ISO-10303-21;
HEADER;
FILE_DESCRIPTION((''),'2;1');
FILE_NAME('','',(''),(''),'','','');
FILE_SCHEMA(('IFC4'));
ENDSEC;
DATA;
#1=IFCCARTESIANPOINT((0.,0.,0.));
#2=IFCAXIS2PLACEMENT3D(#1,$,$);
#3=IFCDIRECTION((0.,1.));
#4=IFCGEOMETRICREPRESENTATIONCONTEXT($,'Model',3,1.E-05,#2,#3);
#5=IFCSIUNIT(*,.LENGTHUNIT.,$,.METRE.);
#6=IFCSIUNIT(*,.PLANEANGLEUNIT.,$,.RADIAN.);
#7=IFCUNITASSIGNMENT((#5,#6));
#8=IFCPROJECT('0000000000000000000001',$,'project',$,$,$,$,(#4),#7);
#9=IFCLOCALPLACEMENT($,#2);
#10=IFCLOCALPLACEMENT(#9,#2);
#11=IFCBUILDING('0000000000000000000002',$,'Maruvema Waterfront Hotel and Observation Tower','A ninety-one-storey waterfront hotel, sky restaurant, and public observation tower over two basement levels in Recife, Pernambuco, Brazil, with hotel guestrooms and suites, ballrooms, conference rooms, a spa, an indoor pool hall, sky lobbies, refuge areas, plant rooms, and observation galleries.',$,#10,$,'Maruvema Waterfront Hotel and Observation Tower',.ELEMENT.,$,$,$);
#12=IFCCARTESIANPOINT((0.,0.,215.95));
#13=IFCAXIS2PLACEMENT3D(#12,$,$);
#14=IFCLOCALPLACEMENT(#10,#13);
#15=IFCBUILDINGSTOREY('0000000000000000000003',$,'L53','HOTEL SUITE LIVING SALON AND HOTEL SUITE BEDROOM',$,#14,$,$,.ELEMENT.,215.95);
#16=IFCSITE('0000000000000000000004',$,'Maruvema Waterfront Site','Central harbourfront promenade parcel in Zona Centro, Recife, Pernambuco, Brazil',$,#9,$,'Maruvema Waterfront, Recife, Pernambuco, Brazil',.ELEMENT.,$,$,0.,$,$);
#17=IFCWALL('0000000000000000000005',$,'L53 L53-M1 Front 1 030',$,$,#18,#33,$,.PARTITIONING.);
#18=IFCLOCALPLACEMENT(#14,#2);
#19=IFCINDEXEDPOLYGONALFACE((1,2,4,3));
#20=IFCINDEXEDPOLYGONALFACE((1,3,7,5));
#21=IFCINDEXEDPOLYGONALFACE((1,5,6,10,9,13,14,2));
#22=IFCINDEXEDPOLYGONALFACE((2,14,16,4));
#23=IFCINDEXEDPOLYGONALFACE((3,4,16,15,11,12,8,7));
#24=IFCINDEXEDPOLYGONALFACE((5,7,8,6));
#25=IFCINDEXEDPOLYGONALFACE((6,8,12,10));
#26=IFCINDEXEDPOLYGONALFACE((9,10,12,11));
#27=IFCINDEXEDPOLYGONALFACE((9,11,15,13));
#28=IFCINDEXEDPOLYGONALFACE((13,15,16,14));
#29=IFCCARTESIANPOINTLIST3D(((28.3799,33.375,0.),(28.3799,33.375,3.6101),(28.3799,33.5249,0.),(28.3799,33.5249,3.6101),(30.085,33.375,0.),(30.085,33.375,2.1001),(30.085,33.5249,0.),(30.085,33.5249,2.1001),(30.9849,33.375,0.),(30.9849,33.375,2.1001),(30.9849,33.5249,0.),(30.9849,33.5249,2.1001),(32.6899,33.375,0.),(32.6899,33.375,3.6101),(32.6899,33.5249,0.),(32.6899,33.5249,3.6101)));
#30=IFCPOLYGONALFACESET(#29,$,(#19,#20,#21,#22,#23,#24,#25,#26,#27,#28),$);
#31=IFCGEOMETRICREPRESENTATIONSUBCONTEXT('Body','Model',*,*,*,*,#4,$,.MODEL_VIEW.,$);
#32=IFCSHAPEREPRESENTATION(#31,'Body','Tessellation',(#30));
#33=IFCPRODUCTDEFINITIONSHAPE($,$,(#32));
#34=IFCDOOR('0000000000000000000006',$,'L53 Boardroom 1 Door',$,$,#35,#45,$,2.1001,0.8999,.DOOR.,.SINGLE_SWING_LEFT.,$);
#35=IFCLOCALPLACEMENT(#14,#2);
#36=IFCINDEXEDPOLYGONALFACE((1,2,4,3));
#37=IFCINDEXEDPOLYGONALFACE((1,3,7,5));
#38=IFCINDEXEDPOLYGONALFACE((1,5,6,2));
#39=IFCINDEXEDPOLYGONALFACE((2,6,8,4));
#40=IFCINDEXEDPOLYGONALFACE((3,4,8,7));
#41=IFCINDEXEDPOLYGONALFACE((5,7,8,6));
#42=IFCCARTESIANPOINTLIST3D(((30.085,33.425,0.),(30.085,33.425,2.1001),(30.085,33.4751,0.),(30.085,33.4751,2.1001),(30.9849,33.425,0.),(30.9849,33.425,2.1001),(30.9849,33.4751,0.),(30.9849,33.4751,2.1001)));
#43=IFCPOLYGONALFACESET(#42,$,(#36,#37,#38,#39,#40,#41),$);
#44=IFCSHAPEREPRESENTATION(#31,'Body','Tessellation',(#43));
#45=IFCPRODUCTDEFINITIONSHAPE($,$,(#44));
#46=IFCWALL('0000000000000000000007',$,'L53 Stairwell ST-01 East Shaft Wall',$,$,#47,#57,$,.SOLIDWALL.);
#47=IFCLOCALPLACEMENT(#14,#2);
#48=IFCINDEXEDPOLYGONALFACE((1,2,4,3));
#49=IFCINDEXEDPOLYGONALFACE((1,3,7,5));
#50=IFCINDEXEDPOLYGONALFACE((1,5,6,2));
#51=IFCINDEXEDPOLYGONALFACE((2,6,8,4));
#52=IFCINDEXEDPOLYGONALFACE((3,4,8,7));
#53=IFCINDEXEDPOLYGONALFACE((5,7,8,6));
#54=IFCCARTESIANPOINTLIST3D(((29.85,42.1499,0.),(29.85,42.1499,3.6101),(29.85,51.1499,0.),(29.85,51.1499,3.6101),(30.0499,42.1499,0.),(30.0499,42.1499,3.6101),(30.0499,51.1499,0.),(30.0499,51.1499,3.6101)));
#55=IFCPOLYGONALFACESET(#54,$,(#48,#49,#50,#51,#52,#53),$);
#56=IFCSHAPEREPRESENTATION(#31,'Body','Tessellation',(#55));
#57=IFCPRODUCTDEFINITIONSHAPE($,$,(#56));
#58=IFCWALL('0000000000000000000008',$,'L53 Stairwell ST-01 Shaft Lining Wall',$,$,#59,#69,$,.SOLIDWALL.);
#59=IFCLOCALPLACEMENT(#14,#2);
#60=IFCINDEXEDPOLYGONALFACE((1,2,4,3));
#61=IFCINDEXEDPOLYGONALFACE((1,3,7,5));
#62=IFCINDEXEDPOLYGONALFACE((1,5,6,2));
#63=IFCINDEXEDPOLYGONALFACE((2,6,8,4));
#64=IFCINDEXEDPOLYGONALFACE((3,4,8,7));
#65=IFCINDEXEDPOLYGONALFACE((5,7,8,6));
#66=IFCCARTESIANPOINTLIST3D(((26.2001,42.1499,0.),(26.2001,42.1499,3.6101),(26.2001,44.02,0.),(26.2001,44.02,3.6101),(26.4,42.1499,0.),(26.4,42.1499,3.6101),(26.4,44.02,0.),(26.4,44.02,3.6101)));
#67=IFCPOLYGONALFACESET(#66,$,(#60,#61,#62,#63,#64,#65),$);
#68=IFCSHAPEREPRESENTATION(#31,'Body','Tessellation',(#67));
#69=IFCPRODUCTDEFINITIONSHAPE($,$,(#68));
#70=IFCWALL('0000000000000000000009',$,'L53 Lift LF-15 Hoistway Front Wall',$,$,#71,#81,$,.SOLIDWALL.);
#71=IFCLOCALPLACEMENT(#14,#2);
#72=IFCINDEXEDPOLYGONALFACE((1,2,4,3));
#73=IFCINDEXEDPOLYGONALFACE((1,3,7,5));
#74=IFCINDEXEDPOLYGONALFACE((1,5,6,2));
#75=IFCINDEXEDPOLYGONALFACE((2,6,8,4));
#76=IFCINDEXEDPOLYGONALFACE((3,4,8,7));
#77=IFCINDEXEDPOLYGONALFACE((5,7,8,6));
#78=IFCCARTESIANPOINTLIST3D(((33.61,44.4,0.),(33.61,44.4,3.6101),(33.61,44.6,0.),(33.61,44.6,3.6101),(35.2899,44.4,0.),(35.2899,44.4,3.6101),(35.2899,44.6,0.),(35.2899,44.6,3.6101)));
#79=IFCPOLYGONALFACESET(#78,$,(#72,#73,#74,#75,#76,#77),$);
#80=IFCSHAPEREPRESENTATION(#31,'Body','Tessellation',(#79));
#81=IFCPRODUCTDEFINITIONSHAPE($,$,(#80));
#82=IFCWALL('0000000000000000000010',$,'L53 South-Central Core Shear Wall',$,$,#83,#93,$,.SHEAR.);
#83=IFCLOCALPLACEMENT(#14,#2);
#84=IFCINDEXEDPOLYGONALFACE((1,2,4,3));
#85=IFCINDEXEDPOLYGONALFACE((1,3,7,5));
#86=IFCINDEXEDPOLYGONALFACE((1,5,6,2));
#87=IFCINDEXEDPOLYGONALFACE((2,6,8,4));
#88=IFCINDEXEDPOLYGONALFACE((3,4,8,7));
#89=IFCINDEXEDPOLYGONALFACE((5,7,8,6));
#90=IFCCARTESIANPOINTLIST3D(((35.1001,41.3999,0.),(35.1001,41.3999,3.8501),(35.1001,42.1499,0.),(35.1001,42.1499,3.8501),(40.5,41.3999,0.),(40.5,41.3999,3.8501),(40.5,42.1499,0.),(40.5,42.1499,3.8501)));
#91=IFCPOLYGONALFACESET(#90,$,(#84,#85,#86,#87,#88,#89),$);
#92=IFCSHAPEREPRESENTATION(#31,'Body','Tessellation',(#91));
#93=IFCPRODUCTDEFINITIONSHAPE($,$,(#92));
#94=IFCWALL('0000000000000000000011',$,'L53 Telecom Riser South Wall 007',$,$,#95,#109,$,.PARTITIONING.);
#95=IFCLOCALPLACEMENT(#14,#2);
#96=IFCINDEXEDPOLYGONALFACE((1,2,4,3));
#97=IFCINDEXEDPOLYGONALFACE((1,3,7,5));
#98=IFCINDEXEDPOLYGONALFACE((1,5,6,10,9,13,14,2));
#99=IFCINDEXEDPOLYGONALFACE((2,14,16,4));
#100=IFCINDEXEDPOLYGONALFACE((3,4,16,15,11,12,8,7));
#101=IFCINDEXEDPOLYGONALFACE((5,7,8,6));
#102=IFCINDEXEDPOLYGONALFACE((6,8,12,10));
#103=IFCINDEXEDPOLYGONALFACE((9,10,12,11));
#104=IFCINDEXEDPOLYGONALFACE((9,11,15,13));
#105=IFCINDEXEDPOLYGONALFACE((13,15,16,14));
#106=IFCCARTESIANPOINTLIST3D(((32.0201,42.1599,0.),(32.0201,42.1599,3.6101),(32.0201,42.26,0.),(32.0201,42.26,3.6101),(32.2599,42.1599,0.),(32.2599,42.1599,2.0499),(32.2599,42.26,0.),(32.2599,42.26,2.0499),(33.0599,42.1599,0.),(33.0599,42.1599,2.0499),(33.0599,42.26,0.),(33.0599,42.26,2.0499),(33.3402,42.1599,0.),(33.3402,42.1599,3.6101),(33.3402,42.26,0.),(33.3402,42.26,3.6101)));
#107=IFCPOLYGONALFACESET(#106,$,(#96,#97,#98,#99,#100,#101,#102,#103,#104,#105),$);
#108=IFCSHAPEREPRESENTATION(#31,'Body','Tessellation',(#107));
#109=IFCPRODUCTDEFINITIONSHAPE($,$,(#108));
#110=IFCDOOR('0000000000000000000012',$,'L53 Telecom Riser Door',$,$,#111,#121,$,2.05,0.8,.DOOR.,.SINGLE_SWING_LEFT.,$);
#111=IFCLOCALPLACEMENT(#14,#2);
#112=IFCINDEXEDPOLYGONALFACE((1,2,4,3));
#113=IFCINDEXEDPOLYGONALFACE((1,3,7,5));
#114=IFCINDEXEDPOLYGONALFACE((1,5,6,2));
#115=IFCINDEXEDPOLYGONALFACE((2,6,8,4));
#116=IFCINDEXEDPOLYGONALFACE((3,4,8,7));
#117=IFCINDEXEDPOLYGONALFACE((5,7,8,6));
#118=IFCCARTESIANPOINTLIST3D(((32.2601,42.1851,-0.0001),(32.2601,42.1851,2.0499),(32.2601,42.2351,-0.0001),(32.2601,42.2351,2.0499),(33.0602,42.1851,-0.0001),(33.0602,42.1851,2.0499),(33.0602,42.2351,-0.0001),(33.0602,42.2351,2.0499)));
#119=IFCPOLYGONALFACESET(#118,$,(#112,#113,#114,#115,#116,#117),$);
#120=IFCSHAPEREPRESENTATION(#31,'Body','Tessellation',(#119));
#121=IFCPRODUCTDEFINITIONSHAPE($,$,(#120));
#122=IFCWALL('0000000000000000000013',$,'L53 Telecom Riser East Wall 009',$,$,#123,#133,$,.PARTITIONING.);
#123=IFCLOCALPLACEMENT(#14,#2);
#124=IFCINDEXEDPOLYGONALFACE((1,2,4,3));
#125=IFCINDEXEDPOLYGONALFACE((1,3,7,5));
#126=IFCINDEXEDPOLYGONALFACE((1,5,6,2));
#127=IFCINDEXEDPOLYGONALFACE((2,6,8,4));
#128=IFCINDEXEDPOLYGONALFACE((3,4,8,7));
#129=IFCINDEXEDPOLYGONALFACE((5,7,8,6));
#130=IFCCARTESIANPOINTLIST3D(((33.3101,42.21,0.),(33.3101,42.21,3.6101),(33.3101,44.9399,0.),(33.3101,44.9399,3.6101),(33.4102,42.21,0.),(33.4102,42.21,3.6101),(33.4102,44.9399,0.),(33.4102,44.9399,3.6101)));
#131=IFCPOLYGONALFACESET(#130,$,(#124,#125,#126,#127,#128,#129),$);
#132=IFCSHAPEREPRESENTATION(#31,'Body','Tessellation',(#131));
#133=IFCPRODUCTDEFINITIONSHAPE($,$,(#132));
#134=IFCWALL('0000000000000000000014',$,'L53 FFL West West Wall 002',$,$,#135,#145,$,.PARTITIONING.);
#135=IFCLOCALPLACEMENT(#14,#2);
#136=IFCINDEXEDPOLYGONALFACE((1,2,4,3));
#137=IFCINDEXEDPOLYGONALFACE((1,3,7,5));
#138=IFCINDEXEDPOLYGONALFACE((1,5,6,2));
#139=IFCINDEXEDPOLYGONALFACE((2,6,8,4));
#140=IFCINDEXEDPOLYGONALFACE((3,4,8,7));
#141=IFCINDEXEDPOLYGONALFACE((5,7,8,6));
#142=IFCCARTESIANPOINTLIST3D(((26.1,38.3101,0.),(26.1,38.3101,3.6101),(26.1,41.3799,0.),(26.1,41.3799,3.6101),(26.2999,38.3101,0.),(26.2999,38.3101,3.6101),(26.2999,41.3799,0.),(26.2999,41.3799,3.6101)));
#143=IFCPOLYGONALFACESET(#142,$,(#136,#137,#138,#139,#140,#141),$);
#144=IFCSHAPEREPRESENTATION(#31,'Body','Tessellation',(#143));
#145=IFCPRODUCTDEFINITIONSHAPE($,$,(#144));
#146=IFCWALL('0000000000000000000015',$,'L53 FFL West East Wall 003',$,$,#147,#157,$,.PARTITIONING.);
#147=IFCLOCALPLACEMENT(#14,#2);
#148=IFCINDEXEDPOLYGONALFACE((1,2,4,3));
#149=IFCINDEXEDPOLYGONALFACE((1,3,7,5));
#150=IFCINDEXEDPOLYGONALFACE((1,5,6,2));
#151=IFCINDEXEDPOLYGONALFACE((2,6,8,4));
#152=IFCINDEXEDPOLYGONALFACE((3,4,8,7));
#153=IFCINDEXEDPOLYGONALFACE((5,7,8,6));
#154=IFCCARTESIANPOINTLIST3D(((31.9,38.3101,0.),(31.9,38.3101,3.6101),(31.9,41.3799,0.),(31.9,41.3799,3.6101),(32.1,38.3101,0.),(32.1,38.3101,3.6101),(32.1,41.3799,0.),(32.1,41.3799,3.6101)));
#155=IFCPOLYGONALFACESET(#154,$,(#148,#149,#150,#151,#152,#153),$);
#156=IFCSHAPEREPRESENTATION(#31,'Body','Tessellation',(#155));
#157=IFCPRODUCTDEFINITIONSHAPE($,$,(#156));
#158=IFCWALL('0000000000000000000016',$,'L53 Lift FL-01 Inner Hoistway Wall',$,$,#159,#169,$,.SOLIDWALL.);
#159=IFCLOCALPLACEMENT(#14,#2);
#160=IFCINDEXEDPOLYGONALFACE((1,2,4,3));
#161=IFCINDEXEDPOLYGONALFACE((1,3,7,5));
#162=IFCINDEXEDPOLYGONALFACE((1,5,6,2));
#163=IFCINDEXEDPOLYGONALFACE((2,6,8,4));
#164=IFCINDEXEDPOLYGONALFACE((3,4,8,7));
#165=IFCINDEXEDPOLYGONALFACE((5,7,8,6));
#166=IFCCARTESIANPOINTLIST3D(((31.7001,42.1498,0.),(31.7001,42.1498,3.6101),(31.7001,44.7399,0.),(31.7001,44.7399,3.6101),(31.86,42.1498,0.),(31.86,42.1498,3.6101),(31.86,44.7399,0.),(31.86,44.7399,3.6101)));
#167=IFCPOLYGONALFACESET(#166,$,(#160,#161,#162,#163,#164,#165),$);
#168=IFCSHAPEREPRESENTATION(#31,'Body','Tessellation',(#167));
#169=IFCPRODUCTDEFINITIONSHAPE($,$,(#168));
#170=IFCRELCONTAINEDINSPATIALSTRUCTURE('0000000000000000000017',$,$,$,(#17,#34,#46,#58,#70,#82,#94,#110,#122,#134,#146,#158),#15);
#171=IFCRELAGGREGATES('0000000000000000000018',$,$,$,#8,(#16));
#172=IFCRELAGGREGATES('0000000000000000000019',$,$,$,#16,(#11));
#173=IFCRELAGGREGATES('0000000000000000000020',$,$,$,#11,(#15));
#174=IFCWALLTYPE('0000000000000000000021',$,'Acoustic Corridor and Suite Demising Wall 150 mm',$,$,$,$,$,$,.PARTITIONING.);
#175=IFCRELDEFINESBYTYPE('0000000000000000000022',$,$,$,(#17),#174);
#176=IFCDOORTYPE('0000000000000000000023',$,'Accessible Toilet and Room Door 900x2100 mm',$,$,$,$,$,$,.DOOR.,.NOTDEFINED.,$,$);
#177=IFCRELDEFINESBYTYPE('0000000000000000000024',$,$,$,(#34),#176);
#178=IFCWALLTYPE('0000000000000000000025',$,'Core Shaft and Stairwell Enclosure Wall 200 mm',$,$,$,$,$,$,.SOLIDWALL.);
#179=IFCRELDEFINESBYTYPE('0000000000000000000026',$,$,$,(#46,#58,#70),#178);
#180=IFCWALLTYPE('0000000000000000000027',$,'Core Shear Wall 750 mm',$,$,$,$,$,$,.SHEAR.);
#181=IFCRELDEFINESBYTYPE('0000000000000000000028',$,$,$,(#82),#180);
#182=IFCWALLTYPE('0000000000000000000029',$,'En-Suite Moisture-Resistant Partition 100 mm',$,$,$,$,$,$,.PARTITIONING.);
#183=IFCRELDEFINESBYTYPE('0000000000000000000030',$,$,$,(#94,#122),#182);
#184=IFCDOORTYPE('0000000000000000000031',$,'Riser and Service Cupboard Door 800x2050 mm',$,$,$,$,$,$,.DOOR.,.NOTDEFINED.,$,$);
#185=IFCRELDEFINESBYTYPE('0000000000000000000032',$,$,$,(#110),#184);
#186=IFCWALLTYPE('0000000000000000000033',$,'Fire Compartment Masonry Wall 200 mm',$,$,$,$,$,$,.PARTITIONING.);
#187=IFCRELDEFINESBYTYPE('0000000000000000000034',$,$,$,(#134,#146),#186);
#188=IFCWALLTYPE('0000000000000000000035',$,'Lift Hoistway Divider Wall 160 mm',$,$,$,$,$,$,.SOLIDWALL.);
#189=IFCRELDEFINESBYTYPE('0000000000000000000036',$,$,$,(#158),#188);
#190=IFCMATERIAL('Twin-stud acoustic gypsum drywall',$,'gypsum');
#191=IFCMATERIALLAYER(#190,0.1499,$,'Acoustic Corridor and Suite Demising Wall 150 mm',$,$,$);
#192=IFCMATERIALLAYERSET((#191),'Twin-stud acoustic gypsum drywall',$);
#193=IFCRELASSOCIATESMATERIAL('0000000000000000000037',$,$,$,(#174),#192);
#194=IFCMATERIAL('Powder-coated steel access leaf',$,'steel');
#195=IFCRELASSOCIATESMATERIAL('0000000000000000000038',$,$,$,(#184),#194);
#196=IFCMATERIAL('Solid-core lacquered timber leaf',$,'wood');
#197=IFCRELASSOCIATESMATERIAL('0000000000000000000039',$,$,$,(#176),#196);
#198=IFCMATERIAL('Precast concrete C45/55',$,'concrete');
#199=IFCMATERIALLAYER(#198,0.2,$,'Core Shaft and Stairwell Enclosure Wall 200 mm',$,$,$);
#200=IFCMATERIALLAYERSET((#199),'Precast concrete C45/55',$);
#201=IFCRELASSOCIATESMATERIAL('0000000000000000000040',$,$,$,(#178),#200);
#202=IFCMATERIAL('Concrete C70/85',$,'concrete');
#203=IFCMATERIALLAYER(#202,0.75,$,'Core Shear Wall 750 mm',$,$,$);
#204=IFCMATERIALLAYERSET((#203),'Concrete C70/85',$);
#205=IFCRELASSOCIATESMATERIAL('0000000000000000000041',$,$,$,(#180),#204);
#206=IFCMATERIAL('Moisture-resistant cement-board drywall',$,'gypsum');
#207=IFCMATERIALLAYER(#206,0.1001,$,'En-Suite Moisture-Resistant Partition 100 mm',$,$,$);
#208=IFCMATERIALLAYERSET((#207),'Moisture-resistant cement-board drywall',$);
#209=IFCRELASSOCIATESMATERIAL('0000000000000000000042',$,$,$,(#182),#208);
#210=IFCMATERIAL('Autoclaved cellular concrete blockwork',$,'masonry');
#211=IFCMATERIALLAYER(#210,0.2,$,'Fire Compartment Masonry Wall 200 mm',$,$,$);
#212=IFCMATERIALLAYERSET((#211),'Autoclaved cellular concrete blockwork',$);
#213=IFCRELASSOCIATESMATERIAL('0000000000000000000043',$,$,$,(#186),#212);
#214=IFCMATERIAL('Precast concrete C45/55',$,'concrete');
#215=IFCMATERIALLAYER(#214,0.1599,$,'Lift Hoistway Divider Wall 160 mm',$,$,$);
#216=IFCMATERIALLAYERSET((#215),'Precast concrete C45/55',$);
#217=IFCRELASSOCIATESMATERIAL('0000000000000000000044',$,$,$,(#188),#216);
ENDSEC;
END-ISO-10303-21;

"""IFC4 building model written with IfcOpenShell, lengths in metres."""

from ifc_helpers import new_model, si_unit, direction, frame, frame_2d, origin, place, context, subcontext, project, spatial, rectangle, extrude, material, layer, layer_set, type_object, element, fill, save


model = new_model("IFC4")

# Units and contexts
model_context = context("Model", 3, precision=1e-05, world=origin(), true_north=direction((0.0, 1.0)))
body_context = subcontext(model_context, "Body", "Model", "MODEL_VIEW")
ifc_project = project(units=[si_unit("LENGTHUNIT", "METRE"), si_unit("PLANEANGLEUNIT", "RADIAN")], contexts=[model_context])

# Site, building, storey
site_placement = place(None, origin())
site = spatial("IfcSite", under=ifc_project, at=site_placement, Name="Maruvema Waterfront Site", Description="Central harbourfront promenade parcel in Zona Centro, Recife, Pernambuco, Brazil", LongName="Maruvema Waterfront, Recife, Pernambuco, Brazil", CompositionType="ELEMENT", RefElevation=0.0)
building_placement = place(site_placement, origin())
building = spatial("IfcBuilding", under=site, at=building_placement, Name="Maruvema Waterfront Hotel and Observation Tower", Description="A ninety-one-storey waterfront hotel, sky restaurant, and public observation tower over two basement levels in Recife, Pernambuco, Brazil, with hotel guestrooms and suites, ballrooms, conference rooms, a spa, an indoor pool hall, sky lobbies, refuge areas, plant rooms, and observation galleries.", LongName="Maruvema Waterfront Hotel and Observation Tower", CompositionType="ELEMENT")
storey_placement = place(building_placement, frame((0.0, 0.0, 215.95)))
storey = spatial("IfcBuildingStorey", under=building, at=storey_placement, Name="L53", Description="HOTEL SUITE LIVING SALON AND HOTEL SUITE BEDROOM", CompositionType="ELEMENT", Elevation=215.95)

# Shared definitions
ifc_material_1 = material(Name="Twin-stud acoustic gypsum drywall", Category="gypsum")
ifc_layer_1 = layer(ifc_material_1, 0.1499, Name="Acoustic Corridor and Suite Demising Wall 150 mm")
ifc_layer_set_1 = layer_set([ifc_layer_1], Name="Twin-stud acoustic gypsum drywall")
wall_type_1 = type_object("IfcWallType", Name="Acoustic Corridor and Suite Demising Wall 150 mm", PredefinedType="PARTITIONING", material=ifc_layer_set_1)
ifc_material_2 = material(Name="Powder-coated steel access leaf", Category="steel")
door_type_1 = type_object("IfcDoorType", Name="Riser and Service Cupboard Door 800x2050 mm", OperationType="NOTDEFINED", PredefinedType="DOOR", material=ifc_material_2)

# Wall, opening, door
wall_1_placement = place(storey_placement, frame((28.3799, 33.45, 0.0), z_axis=(0.0, 0.0, 1.0), x_axis=(1.0, 0.0, 0.0)))
wall_1 = element("IfcWall", 1, at=wall_1_placement, inside=storey, type_object=wall_type_1, Name="L53 L53-M1 Front 1 030", PredefinedType="PARTITIONING", context=body_context, shape_type="SweptSolid", body=[
    extrude(rectangle(XDim=4.3101, YDim=0.1499, at=frame_2d((2.155, 0.0))), origin(), (0.0, 0.0, 1.0), 3.6101),
])
opening_1_placement = place(wall_1_placement, frame((1.7051, 0.0, 0.0)))
opening_1 = element("IfcOpeningElement", 2, at=opening_1_placement, cuts=wall_1, PredefinedType="OPENING", context=body_context, shape_type="SweptSolid", body=[
    extrude(rectangle(XDim=0.8999, YDim=2.1001, at=frame_2d((0.45, 1.05))), frame((0.0, 0.085, 0.0), z_axis=(0.0, -1.0, 0.0), x_axis=(1.0, 0.0, 0.0)), (0.0, 0.0, 1.0), 0.1699),
])
ifc_material_3 = material(Name="Solid-core lacquered timber leaf", Category="wood")
door_type_2 = type_object("IfcDoorType", Name="Accessible Toilet and Room Door 900x2100 mm", OperationType="NOTDEFINED", PredefinedType="DOOR", material=ifc_material_3)
door_1_placement = place(opening_1_placement, frame((0.8999, 0.0, 0.0), z_axis=(0.0, 0.0, 1.0), x_axis=(-1.0, 0.0, 0.0)))
door_1 = element("IfcDoor", 3, at=door_1_placement, inside=storey, type_object=door_type_2, Name="L53 Boardroom 1 Door", OperationType="SINGLE_SWING_LEFT", OverallHeight=2.1001, OverallWidth=0.8999, PredefinedType="DOOR", context=body_context, shape_type="SweptSolid", body=[
    extrude(rectangle(XDim=0.8999, YDim=2.1001, at=frame_2d((0.45, 1.05))), frame((0.0, 0.0249, 0.0), z_axis=(0.0, -1.0, 0.0), x_axis=(1.0, 0.0, 0.0)), (0.0, 0.0, 1.0), 0.05),
])
fill(opening_1, door_1)

# Walls
ifc_material_4 = material(Name="Precast concrete C45/55", Category="concrete")
ifc_layer_2 = layer(ifc_material_4, 0.2, Name="Core Shaft and Stairwell Enclosure Wall 200 mm")
ifc_layer_set_2 = layer_set([ifc_layer_2], Name="Precast concrete C45/55")
wall_type_2 = type_object("IfcWallType", Name="Core Shaft and Stairwell Enclosure Wall 200 mm", PredefinedType="SOLIDWALL", material=ifc_layer_set_2)
wall_2_placement = place(storey_placement, frame((29.95, 42.1499, 0.0), z_axis=(0.0, 0.0, 1.0), x_axis=(0.0, 1.0, 0.0)))
element("IfcWall", 4, at=wall_2_placement, inside=storey, type_object=wall_type_2, Name="L53 Stairwell ST-01 East Shaft Wall", PredefinedType="SOLIDWALL", context=body_context, shape_type="SweptSolid", body=[
    extrude(rectangle(XDim=9.0, YDim=0.2, at=frame_2d((4.5, 0.0))), origin(), (0.0, 0.0, 1.0), 3.6101),
])
wall_3_placement = place(storey_placement, frame((26.3, 42.1499, 0.0), z_axis=(0.0, 0.0, 1.0), x_axis=(0.0, 1.0, 0.0)))
element("IfcWall", 5, at=wall_3_placement, inside=storey, type_object=wall_type_2, Name="L53 Stairwell ST-01 Shaft Lining Wall", PredefinedType="SOLIDWALL", context=body_context, shape_type="SweptSolid", body=[
    extrude(rectangle(XDim=1.8701, YDim=0.2, at=frame_2d((0.9351, 0.0))), origin(), (0.0, 0.0, 1.0), 3.6101),
])
wall_4_placement = place(storey_placement, frame((33.6101, 44.5, 0.0), z_axis=(0.0, 0.0, 1.0), x_axis=(1.0, 0.0, 0.0)))
element("IfcWall", 6, at=wall_4_placement, inside=storey, type_object=wall_type_2, Name="L53 Lift LF-15 Hoistway Front Wall", PredefinedType="SOLIDWALL", context=body_context, shape_type="SweptSolid", body=[
    extrude(rectangle(XDim=1.6799, YDim=0.2, at=frame_2d((0.8398, 0.0))), origin(), (0.0, 0.0, 1.0), 3.6101),
])
ifc_material_5 = material(Name="Concrete C70/85", Category="concrete")
ifc_layer_3 = layer(ifc_material_5, 0.75, Name="Core Shear Wall 750 mm")
ifc_layer_set_3 = layer_set([ifc_layer_3], Name="Concrete C70/85")
wall_type_3 = type_object("IfcWallType", Name="Core Shear Wall 750 mm", PredefinedType="SHEAR", material=ifc_layer_set_3)
wall_5_placement = place(storey_placement, frame((35.1001, 41.7749, 0.0), z_axis=(0.0, 0.0, 1.0), x_axis=(1.0, 0.0, 0.0)))
element("IfcWall", 7, at=wall_5_placement, inside=storey, type_object=wall_type_3, Name="L53 South-Central Core Shear Wall", PredefinedType="SHEAR", context=body_context, shape_type="SweptSolid", body=[
    extrude(rectangle(XDim=5.3999, YDim=0.75, at=frame_2d((2.7, 0.0))), origin(), (0.0, 0.0, 1.0), 3.8501),
])

# Wall, opening, door
ifc_material_6 = material(Name="Moisture-resistant cement-board drywall", Category="gypsum")
ifc_layer_4 = layer(ifc_material_6, 0.1001, Name="En-Suite Moisture-Resistant Partition 100 mm")
ifc_layer_set_4 = layer_set([ifc_layer_4], Name="Moisture-resistant cement-board drywall")
wall_type_4 = type_object("IfcWallType", Name="En-Suite Moisture-Resistant Partition 100 mm", PredefinedType="PARTITIONING", material=ifc_layer_set_4)
wall_6_placement = place(storey_placement, frame((32.02, 42.21, 0.0), z_axis=(0.0, 0.0, 1.0), x_axis=(1.0, 0.0, 0.0)))
wall_6 = element("IfcWall", 8, at=wall_6_placement, inside=storey, type_object=wall_type_4, Name="L53 Telecom Riser South Wall 007", PredefinedType="PARTITIONING", context=body_context, shape_type="SweptSolid", body=[
    extrude(rectangle(XDim=1.3201, YDim=0.1001, at=frame_2d((0.6602, 0.0))), origin(), (0.0, 0.0, 1.0), 3.6101),
])
opening_2_placement = place(wall_6_placement, frame((0.24, 0.0, 0.0)))
opening_2 = element("IfcOpeningElement", 9, at=opening_2_placement, cuts=wall_6, PredefinedType="OPENING", context=body_context, shape_type="SweptSolid", body=[
    extrude(rectangle(XDim=0.8, YDim=2.05, at=frame_2d((0.3999, 1.0249))), frame((0.0, 0.0601, 0.0), z_axis=(0.0, -1.0, 0.0), x_axis=(1.0, 0.0, 0.0)), (0.0, 0.0, 1.0), 0.1201),
])
door_2_placement = place(opening_2_placement, frame((0.8, 0.0, 0.0), z_axis=(0.0, 0.0, 1.0), x_axis=(-1.0, 0.0, 0.0)))
door_2 = element("IfcDoor", 10, at=door_2_placement, inside=storey, type_object=door_type_1, Name="L53 Telecom Riser Door", OperationType="SINGLE_SWING_LEFT", OverallHeight=2.05, OverallWidth=0.8, PredefinedType="DOOR", context=body_context, shape_type="SweptSolid", body=[
    extrude(rectangle(XDim=0.8, YDim=2.05, at=frame_2d((0.3999, 1.0249))), frame((0.0, 0.0249, 0.0), z_axis=(0.0, -1.0, 0.0), x_axis=(1.0, 0.0, 0.0)), (0.0, 0.0, 1.0), 0.05),
])
fill(opening_2, door_2)

# Wall
wall_7_placement = place(storey_placement, frame((33.3601, 42.21, 0.0), z_axis=(0.0, 0.0, 1.0), x_axis=(0.0, 1.0, 0.0)))
element("IfcWall", 11, at=wall_7_placement, inside=storey, type_object=wall_type_4, Name="L53 Telecom Riser East Wall 009", PredefinedType="PARTITIONING", context=body_context, shape_type="SweptSolid", body=[
    extrude(rectangle(XDim=2.73, YDim=0.1001, at=frame_2d((1.365, 0.0))), origin(), (0.0, 0.0, 1.0), 3.6101),
])

# Shared definitions
ifc_material_7 = material(Name="Autoclaved cellular concrete blockwork", Category="masonry")
ifc_layer_5 = layer(ifc_material_7, 0.2, Name="Fire Compartment Masonry Wall 200 mm")
ifc_layer_set_5 = layer_set([ifc_layer_5], Name="Autoclaved cellular concrete blockwork")
wall_type_5 = type_object("IfcWallType", Name="Fire Compartment Masonry Wall 200 mm", PredefinedType="PARTITIONING", material=ifc_layer_set_5)

# Walls
for number, where, z_axis, x_axis, name in (
    (12, (26.2, 38.3101, 0.0), (0.0, 0.0, 1.0), (0.0, 1.0, 0.0), "L53 FFL West West Wall 002"),
    (13, (32.0, 38.3101, 0.0), (0.0, 0.0, 1.0), (0.0, 1.0, 0.0), "L53 FFL West East Wall 003"),
):
    element("IfcWall", number, at=place(storey_placement, frame(where, z_axis=z_axis, x_axis=x_axis)), inside=storey, type_object=wall_type_5, Name=name, PredefinedType="PARTITIONING", context=body_context, shape_type="SweptSolid", body=[
        extrude(rectangle(XDim=3.0698, YDim=0.2, at=frame_2d((1.5349, 0.0))), origin(), (0.0, 0.0, 1.0), 3.6101),
    ])
ifc_material_8 = material(Name="Precast concrete C45/55", Category="concrete")
ifc_layer_6 = layer(ifc_material_8, 0.1599, Name="Lift Hoistway Divider Wall 160 mm")
ifc_layer_set_6 = layer_set([ifc_layer_6], Name="Precast concrete C45/55")
wall_type_6 = type_object("IfcWallType", Name="Lift Hoistway Divider Wall 160 mm", PredefinedType="SOLIDWALL", material=ifc_layer_set_6)
wall_8_placement = place(storey_placement, frame((31.78, 42.1499, 0.0), z_axis=(0.0, 0.0, 1.0), x_axis=(0.0, 1.0, 0.0)))
element("IfcWall", 14, at=wall_8_placement, inside=storey, type_object=wall_type_6, Name="L53 Lift FL-01 Inner Hoistway Wall", PredefinedType="SOLIDWALL", context=body_context, shape_type="SweptSolid", body=[
    extrude(rectangle(XDim=2.5901, YDim=0.1599, at=frame_2d((1.2949, 0.0))), origin(), (0.0, 0.0, 1.0), 3.6101),
])

save(model, "model.ifc")
